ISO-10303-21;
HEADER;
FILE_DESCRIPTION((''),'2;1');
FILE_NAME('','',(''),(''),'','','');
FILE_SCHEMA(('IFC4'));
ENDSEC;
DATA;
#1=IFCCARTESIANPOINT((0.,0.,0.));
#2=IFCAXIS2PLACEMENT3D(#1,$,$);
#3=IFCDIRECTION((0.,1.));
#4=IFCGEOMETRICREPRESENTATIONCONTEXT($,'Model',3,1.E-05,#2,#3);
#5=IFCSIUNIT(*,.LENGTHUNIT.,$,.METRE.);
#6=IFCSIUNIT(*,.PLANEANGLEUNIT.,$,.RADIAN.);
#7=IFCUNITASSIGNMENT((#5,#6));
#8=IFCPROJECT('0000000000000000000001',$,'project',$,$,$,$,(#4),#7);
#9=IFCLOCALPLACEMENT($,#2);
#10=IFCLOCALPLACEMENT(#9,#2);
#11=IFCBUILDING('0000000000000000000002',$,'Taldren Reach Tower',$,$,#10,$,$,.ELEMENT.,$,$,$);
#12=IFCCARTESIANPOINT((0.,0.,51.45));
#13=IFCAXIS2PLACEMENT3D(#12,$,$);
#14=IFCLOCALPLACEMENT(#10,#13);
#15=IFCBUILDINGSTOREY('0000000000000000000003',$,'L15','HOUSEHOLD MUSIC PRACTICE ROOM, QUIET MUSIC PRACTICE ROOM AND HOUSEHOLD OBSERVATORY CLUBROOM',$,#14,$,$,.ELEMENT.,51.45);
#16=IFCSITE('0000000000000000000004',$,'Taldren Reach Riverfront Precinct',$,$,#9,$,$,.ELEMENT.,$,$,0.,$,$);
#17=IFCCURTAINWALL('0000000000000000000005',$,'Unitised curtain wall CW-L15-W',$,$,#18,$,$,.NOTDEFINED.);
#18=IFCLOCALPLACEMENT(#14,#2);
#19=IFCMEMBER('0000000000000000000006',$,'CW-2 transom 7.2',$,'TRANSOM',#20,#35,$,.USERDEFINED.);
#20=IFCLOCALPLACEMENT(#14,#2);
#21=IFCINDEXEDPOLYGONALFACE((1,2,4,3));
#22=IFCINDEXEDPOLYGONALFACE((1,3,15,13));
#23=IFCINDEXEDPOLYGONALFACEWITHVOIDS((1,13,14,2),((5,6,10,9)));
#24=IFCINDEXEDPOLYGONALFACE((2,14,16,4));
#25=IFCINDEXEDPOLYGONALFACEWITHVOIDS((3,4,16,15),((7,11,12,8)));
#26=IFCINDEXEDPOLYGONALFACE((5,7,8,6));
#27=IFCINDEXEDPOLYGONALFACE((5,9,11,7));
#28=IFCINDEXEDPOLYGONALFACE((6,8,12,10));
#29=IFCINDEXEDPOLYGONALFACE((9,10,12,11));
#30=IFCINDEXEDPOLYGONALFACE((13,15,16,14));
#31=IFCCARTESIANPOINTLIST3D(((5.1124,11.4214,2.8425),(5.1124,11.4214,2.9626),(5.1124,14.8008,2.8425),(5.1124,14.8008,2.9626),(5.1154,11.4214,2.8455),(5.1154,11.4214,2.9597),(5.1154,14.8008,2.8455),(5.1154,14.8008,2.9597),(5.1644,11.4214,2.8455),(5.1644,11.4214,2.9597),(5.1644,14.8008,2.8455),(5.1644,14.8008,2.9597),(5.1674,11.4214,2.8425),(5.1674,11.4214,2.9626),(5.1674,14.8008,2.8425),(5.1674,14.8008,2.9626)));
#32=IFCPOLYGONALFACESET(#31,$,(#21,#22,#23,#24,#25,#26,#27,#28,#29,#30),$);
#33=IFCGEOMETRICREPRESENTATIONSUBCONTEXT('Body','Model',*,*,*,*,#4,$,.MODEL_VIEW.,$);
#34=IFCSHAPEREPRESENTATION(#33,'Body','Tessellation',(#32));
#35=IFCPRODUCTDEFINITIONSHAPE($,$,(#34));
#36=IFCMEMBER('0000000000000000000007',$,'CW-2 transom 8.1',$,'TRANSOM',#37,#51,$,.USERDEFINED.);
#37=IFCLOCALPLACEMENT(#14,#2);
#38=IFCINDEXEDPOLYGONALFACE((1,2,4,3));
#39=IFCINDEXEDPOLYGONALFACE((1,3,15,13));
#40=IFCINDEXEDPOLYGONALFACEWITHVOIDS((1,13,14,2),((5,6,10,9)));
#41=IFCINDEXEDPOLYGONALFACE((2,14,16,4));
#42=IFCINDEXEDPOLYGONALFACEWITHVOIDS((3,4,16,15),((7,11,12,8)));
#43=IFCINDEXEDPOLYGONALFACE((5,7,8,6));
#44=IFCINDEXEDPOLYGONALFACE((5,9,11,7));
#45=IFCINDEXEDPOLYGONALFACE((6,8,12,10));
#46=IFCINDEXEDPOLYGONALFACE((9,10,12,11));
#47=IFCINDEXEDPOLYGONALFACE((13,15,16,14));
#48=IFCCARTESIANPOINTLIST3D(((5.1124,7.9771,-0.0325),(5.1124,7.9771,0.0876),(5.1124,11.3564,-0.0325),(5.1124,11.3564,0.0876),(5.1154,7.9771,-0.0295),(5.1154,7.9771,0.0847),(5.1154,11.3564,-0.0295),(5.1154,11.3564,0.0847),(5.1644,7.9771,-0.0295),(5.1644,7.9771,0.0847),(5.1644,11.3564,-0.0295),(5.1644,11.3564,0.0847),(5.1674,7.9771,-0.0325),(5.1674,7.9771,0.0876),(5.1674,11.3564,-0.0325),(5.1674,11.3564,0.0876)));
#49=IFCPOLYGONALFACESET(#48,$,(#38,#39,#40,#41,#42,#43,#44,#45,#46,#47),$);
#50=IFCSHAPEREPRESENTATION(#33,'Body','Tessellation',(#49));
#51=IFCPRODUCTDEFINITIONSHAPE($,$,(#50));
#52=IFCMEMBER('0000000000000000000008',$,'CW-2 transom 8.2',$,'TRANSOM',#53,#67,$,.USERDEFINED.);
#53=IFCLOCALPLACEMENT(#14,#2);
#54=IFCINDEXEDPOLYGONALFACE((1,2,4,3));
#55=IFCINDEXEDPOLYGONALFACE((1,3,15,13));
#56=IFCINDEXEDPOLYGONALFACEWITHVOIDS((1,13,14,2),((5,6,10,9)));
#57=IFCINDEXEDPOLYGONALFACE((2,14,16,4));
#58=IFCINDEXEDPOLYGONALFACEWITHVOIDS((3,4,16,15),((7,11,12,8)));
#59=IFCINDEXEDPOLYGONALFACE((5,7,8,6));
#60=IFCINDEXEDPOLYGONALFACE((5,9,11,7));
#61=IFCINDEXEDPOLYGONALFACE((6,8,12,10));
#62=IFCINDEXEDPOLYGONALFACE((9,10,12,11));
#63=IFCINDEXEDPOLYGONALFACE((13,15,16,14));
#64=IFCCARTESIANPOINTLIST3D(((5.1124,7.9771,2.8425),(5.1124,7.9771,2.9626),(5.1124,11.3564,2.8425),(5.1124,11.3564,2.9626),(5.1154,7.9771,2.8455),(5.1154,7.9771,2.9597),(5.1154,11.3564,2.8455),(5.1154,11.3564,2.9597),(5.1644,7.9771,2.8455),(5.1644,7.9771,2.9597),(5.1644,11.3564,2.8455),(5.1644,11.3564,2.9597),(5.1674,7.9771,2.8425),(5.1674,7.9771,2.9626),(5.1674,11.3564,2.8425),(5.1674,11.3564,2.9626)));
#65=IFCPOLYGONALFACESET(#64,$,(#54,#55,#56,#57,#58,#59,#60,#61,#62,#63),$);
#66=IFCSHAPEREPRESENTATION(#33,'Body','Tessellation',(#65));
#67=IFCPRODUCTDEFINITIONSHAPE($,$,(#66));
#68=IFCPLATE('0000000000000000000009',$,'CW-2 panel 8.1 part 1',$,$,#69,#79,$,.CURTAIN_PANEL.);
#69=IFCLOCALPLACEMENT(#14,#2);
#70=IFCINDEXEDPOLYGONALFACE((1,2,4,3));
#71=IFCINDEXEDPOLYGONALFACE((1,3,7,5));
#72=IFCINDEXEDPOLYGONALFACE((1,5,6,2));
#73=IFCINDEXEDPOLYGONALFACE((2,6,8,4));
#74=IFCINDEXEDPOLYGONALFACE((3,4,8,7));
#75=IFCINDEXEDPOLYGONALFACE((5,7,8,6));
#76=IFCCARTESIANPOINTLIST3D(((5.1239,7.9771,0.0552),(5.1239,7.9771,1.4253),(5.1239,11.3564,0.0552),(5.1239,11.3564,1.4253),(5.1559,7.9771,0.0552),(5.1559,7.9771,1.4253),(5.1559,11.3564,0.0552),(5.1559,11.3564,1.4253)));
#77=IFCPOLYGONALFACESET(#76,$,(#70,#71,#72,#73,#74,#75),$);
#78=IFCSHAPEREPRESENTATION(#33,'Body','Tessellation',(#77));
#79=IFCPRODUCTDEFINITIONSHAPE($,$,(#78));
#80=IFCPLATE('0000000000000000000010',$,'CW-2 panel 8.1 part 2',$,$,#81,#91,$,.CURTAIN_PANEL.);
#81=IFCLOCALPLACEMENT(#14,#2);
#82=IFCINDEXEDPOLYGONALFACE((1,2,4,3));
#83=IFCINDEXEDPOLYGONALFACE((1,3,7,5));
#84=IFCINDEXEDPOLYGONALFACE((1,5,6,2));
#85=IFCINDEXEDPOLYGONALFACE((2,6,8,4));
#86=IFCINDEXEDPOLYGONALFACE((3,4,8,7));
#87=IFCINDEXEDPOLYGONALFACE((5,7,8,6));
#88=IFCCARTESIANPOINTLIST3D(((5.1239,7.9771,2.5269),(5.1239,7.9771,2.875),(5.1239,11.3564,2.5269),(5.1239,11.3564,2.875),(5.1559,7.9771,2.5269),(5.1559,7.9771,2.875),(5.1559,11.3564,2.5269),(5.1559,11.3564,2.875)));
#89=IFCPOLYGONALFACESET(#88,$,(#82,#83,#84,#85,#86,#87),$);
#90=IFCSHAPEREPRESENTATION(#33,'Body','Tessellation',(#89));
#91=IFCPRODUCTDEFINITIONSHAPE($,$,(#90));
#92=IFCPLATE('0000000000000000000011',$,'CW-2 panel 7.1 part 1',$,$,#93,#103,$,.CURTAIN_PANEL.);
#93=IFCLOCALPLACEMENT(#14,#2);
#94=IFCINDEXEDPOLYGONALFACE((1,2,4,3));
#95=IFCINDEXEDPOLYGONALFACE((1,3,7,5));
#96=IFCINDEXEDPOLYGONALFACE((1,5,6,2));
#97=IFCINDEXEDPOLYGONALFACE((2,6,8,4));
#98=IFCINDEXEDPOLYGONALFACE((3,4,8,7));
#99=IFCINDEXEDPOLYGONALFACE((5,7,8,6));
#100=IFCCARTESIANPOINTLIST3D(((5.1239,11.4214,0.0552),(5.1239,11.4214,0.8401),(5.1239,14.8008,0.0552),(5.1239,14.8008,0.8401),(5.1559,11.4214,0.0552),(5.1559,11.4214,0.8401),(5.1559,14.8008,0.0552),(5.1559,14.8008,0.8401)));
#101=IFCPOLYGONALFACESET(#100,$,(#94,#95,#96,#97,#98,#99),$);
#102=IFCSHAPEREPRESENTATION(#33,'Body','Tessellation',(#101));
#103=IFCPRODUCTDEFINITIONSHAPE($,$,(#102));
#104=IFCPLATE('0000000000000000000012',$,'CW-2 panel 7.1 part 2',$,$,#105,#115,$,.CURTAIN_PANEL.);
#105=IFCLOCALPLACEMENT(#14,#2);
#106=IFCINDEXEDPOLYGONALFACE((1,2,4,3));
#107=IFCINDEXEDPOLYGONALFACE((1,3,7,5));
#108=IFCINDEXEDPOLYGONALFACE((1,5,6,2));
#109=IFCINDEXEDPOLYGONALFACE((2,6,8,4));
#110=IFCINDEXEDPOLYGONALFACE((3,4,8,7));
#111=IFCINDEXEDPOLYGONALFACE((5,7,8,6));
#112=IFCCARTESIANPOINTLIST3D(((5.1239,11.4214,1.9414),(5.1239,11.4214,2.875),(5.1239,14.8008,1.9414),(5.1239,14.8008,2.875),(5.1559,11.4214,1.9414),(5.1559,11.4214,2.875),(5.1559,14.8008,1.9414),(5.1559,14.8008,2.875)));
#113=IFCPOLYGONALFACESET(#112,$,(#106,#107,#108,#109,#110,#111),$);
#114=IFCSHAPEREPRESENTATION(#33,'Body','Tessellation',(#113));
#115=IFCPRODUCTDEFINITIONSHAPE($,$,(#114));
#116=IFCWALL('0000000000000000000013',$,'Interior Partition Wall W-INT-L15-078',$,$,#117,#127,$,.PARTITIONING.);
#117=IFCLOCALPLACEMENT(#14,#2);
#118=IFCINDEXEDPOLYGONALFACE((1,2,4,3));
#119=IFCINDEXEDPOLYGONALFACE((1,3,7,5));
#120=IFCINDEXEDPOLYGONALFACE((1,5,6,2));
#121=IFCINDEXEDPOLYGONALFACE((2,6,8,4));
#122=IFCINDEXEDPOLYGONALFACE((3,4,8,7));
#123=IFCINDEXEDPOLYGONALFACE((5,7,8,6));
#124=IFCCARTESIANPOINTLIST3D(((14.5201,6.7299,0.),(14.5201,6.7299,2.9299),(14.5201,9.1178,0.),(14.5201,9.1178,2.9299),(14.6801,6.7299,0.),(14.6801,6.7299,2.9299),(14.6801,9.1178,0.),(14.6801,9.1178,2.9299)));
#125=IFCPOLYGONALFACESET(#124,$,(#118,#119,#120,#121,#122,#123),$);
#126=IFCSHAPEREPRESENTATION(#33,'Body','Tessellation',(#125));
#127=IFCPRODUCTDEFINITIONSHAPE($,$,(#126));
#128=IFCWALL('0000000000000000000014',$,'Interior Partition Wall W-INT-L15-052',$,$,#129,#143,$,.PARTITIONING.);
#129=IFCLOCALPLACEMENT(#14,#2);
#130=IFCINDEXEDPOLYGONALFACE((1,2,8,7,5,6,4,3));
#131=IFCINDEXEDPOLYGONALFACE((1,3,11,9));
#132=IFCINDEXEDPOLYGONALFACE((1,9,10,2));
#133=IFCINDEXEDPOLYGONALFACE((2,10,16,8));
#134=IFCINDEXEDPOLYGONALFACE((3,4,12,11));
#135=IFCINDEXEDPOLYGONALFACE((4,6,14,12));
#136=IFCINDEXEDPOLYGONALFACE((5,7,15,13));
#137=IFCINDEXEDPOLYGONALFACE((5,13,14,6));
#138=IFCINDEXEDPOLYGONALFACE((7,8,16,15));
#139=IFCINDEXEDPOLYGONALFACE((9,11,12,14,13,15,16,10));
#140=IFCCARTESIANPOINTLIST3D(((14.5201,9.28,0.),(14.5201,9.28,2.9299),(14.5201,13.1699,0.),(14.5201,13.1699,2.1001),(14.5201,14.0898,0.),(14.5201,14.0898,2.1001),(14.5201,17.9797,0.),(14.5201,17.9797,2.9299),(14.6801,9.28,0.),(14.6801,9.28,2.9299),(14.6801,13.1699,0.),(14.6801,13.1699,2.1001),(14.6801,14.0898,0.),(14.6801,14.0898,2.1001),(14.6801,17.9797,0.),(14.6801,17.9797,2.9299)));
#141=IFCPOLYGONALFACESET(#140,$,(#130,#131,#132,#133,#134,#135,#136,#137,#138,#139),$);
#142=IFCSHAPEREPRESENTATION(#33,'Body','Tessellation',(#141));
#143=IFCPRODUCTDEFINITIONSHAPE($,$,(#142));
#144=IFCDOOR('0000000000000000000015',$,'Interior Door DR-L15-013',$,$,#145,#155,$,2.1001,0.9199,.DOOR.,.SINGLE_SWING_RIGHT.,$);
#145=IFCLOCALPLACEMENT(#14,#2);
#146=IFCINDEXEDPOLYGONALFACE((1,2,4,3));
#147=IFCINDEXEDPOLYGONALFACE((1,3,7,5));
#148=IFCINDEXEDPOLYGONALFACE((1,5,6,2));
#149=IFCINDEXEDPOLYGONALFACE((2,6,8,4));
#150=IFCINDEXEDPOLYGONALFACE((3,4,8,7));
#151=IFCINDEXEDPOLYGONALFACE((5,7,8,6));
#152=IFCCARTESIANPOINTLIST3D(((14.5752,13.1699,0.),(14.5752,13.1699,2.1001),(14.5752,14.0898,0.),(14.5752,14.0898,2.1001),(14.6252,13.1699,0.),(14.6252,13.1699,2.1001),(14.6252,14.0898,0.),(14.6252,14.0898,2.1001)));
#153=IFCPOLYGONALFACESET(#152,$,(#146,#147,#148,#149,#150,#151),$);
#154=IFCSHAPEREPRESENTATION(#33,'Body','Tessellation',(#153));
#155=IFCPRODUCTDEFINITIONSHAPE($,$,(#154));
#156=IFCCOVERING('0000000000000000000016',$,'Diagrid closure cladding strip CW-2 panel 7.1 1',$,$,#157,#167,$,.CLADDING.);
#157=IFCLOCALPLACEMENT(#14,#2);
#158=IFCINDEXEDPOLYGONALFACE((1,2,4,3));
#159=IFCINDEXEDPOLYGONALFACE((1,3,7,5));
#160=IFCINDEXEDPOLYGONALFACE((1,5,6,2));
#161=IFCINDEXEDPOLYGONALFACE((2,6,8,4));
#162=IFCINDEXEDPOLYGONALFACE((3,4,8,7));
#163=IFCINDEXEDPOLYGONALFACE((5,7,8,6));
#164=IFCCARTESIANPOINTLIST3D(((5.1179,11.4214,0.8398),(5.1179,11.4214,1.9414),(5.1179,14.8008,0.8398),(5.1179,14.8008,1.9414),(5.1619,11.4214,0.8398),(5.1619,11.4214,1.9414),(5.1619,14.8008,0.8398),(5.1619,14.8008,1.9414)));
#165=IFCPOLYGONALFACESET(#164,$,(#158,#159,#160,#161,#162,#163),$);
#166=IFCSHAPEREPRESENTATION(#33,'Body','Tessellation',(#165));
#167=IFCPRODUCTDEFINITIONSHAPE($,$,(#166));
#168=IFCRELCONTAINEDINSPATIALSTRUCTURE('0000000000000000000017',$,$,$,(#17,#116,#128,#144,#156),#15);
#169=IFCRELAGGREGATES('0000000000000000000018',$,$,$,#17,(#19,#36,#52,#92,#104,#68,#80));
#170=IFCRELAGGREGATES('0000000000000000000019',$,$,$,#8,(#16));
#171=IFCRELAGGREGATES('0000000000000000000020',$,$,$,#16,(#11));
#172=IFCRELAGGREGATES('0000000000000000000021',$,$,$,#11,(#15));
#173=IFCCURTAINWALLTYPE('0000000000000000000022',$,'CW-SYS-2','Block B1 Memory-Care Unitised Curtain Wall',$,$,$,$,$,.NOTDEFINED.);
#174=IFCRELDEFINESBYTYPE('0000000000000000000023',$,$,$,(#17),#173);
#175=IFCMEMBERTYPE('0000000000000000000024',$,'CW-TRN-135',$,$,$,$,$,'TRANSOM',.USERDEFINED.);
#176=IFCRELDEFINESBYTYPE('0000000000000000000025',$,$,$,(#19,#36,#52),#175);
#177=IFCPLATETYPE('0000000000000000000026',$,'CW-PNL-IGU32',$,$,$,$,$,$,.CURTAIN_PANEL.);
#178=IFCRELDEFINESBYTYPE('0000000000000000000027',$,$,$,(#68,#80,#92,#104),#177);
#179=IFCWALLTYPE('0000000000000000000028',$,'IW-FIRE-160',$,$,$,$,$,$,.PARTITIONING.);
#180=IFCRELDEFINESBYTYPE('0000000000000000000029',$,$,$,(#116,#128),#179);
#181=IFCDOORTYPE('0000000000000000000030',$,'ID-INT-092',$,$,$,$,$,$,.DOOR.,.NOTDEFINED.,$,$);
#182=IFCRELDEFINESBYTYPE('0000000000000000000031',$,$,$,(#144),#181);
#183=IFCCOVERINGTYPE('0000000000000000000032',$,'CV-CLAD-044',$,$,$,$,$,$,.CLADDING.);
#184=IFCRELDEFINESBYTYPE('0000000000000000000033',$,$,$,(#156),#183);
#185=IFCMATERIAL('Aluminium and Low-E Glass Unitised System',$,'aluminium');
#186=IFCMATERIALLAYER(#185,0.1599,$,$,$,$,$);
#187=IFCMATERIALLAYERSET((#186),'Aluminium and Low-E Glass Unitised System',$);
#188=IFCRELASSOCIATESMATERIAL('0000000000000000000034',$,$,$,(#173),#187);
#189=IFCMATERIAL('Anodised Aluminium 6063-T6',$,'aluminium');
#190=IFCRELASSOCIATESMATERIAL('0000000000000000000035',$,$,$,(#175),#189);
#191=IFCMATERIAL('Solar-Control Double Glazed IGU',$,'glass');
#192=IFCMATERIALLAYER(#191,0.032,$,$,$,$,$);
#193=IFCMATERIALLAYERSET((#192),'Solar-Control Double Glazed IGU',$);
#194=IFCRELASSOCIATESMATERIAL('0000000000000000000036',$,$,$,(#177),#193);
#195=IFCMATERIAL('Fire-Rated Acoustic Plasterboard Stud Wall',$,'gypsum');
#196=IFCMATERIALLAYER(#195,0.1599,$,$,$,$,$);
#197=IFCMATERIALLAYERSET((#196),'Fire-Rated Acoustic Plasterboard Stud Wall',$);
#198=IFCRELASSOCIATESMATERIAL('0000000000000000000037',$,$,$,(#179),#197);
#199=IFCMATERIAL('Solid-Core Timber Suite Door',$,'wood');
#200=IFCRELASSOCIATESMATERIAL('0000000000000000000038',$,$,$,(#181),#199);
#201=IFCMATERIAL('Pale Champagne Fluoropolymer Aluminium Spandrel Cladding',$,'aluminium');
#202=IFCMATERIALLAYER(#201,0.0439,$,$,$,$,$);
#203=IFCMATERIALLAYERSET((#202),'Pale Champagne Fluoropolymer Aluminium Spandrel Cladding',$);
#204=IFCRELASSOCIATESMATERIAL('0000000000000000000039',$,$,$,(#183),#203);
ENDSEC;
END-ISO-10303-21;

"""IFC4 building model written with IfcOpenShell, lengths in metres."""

from ifc_helpers import new_model, si_unit, direction, frame, frame_2d, origin, origin_2d, place, context, subcontext, project, spatial, rectangle, hollow_rectangle, extrude, source, transform, mapped, material, layer, layer_set, material_profile, profile_set, type_object, element, fill, aggregate, save


model = new_model("IFC4")

# Units and contexts
model_context = context("Model", 3, precision=1e-05, world=origin(), true_north=direction((0.0, 1.0)))
body_context = subcontext(model_context, "Body", "Model", "MODEL_VIEW")
ifc_project = project(units=[si_unit("LENGTHUNIT", "METRE"), si_unit("PLANEANGLEUNIT", "RADIAN")], contexts=[model_context])

# Site, building, storey
site_placement = place(None, origin())
site = spatial("IfcSite", under=ifc_project, at=site_placement, Name="Taldren Reach Riverfront Precinct", CompositionType="ELEMENT", RefElevation=0.0)
building_placement = place(site_placement, origin())
building = spatial("IfcBuilding", under=site, at=building_placement, Name="Taldren Reach Tower", CompositionType="ELEMENT")
storey_placement = place(building_placement, frame((0.0, 0.0, 51.45)))
storey = spatial("IfcBuildingStorey", under=building, at=storey_placement, Name="L15", Description="HOUSEHOLD MUSIC PRACTICE ROOM, QUIET MUSIC PRACTICE ROOM AND HOUSEHOLD OBSERVATORY CLUBROOM", CompositionType="ELEMENT", Elevation=51.45)

# Curtain wall, members, plates
ifc_material_1 = material(Name="Aluminium and Low-E Glass Unitised System", Category="aluminium")
ifc_layer_1 = layer(ifc_material_1, 0.1599)
ifc_layer_set_1 = layer_set([ifc_layer_1], Name="Aluminium and Low-E Glass Unitised System")
curtain_wall_type = type_object("IfcCurtainWallType", Name="CW-SYS-2", Description="Block B1 Memory-Care Unitised Curtain Wall", PredefinedType="NOTDEFINED", material=ifc_layer_set_1)
curtain_wall_placement = place(storey_placement, origin())
curtain_wall = element("IfcCurtainWall", 1, at=curtain_wall_placement, inside=storey, type_object=curtain_wall_type, Name="Unitised curtain wall CW-L15-W", PredefinedType="NOTDEFINED")
ifc_material_2 = material(Name="Anodised Aluminium 6063-T6", Category="aluminium")
ifc_material_profile_1 = material_profile(ifc_material_2, hollow_rectangle(XDim=0.0549, YDim=0.1201, WallThickness=0.0029, at=origin_2d()), Name="ALU-120x55x3RHS")
ifc_profile_set_1 = profile_set([ifc_material_profile_1], Name="Anodised Aluminium 6063-T6")
member_type_1 = type_object("IfcMemberType", Name="CW-TRN-135", ElementType="TRANSOM", PredefinedType="USERDEFINED", material=ifc_profile_set_1)
shared_shape_1 = source(origin(), body_context, "Body", "SweptSolid", [
    extrude(hollow_rectangle(XDim=0.0549, YDim=0.1201, WallThickness=0.0029, at=origin_2d()), origin(), (0.0, 0.0, 1.0), 3.3794),
])
member_1_placement = place(storey_placement, frame((5.1399, 14.8008, 2.9026), z_axis=(0.0, -1.0, 0.0), x_axis=(1.0, 0.0, 0.0)))
member_1 = element("IfcMember", 2, at=member_1_placement, type_object=member_type_1, Name="CW-2 transom 7.2", ObjectType="TRANSOM", PredefinedType="USERDEFINED", context=body_context, shape_type="MappedRepresentation", body=[
    mapped(shared_shape_1, transform((0.0, 0.0, 0.0), scale=1.0)),
])
member_2_placement = place(storey_placement, frame((5.1399, 11.3564, 0.0276), z_axis=(0.0, -1.0, 0.0), x_axis=(1.0, 0.0, 0.0)))
member_2 = element("IfcMember", 3, at=member_2_placement, type_object=member_type_1, Name="CW-2 transom 8.1", ObjectType="TRANSOM", PredefinedType="USERDEFINED", context=body_context, shape_type="MappedRepresentation", body=[
    mapped(shared_shape_1, transform((0.0, 0.0, 0.0), scale=1.0)),
])
member_3_placement = place(storey_placement, frame((5.1399, 11.3564, 2.9026), z_axis=(0.0, -1.0, 0.0), x_axis=(1.0, 0.0, 0.0)))
member_3 = element("IfcMember", 4, at=member_3_placement, type_object=member_type_1, Name="CW-2 transom 8.2", ObjectType="TRANSOM", PredefinedType="USERDEFINED", context=body_context, shape_type="MappedRepresentation", body=[
    mapped(shared_shape_1, transform((0.0, 0.0, 0.0), scale=1.0)),
])
ifc_material_3 = material(Name="Solar-Control Double Glazed IGU", Category="glass")
ifc_layer_2 = layer(ifc_material_3, 0.032)
ifc_layer_set_2 = layer_set([ifc_layer_2], Name="Solar-Control Double Glazed IGU")
plate_type = type_object("IfcPlateType", Name="CW-PNL-IGU32", PredefinedType="CURTAIN_PANEL", material=ifc_layer_set_2)
shared_shape_2 = source(origin(), body_context, "Body", "SweptSolid", [
    extrude(rectangle(XDim=3.3794, YDim=0.032, at=origin_2d()), origin(), (0.0, 0.0, 1.0), 1.3701),
])
plate_1_placement = place(storey_placement, frame((5.1399, 9.6667, 0.0552), z_axis=(0.0, 0.0, 1.0), x_axis=(0.0, -1.0, 0.0)))
plate_1 = element("IfcPlate", 5, at=plate_1_placement, type_object=plate_type, Name="CW-2 panel 8.1 part 1", PredefinedType="CURTAIN_PANEL", context=body_context, shape_type="MappedRepresentation", body=[
    mapped(shared_shape_2, transform((0.0, 0.0, 0.0), scale=1.0)),
])
shared_shape_3 = source(origin(), body_context, "Body", "SweptSolid", [
    extrude(rectangle(XDim=3.3794, YDim=0.032, at=origin_2d()), origin(), (0.0, 0.0, 1.0), 0.3481),
])
plate_2_placement = place(storey_placement, frame((5.1399, 9.6667, 2.5269), z_axis=(0.0, 0.0, 1.0), x_axis=(0.0, -1.0, 0.0)))
plate_2 = element("IfcPlate", 6, at=plate_2_placement, type_object=plate_type, Name="CW-2 panel 8.1 part 2", PredefinedType="CURTAIN_PANEL", context=body_context, shape_type="MappedRepresentation", body=[
    mapped(shared_shape_3, transform((0.0, 0.0, 0.0), scale=1.0)),
])
shared_shape_4 = source(origin(), body_context, "Body", "SweptSolid", [
    extrude(rectangle(XDim=3.3794, YDim=0.032, at=origin_2d()), origin(), (0.0, 0.0, 1.0), 0.7849),
])
plate_3_placement = place(storey_placement, frame((5.1399, 13.1111, 0.0552), z_axis=(0.0, 0.0, 1.0), x_axis=(0.0, -1.0, 0.0)))
plate_3 = element("IfcPlate", 7, at=plate_3_placement, type_object=plate_type, Name="CW-2 panel 7.1 part 1", PredefinedType="CURTAIN_PANEL", context=body_context, shape_type="MappedRepresentation", body=[
    mapped(shared_shape_4, transform((0.0, 0.0, 0.0), scale=1.0)),
])
shared_shape_5 = source(origin(), body_context, "Body", "SweptSolid", [
    extrude(rectangle(XDim=3.3794, YDim=0.032, at=origin_2d()), origin(), (0.0, 0.0, 1.0), 0.9336),
])
plate_4_placement = place(storey_placement, frame((5.1399, 13.1111, 1.9414), z_axis=(0.0, 0.0, 1.0), x_axis=(0.0, -1.0, 0.0)))
plate_4 = element("IfcPlate", 8, at=plate_4_placement, type_object=plate_type, Name="CW-2 panel 7.1 part 2", PredefinedType="CURTAIN_PANEL", context=body_context, shape_type="MappedRepresentation", body=[
    mapped(shared_shape_5, transform((0.0, 0.0, 0.0), scale=1.0)),
])
aggregate(curtain_wall, [member_1, member_2, member_3, plate_3, plate_4, plate_1, plate_2])

# Wall
ifc_material_4 = material(Name="Fire-Rated Acoustic Plasterboard Stud Wall", Category="gypsum")
ifc_layer_3 = layer(ifc_material_4, 0.1599)
ifc_layer_set_3 = layer_set([ifc_layer_3], Name="Fire-Rated Acoustic Plasterboard Stud Wall")
wall_type = type_object("IfcWallType", Name="IW-FIRE-160", PredefinedType="PARTITIONING", material=ifc_layer_set_3)
shared_shape_6 = source(origin(), body_context, "Body", "SweptSolid", [
    extrude(rectangle(XDim=2.3879, YDim=0.1599, at=frame_2d((1.1938, 0.0))), origin(), (0.0, 0.0, 1.0), 2.9299),
])
wall_1_placement = place(storey_placement, frame((14.6001, 6.73, 0.0), z_axis=(0.0, 0.0, 1.0), x_axis=(0.0, 1.0, 0.0)))
element("IfcWall", 9, at=wall_1_placement, inside=storey, type_object=wall_type, Name="Interior Partition Wall W-INT-L15-078", PredefinedType="PARTITIONING", context=body_context, shape_type="MappedRepresentation", body=[
    mapped(shared_shape_6, transform((0.0, 0.0, 0.0), scale=1.0)),
])

# Wall, opening, door
shared_shape_7 = source(origin(), body_context, "Body", "SweptSolid", [
    extrude(rectangle(XDim=8.6997, YDim=0.1599, at=frame_2d((4.3499, 0.0))), origin(), (0.0, 0.0, 1.0), 2.9299),
])
wall_2_placement = place(storey_placement, frame((14.6001, 9.28, 0.0), z_axis=(0.0, 0.0, 1.0), x_axis=(0.0, 1.0, 0.0)))
wall_2 = element("IfcWall", 10, at=wall_2_placement, inside=storey, type_object=wall_type, Name="Interior Partition Wall W-INT-L15-052", PredefinedType="PARTITIONING", context=body_context, shape_type="MappedRepresentation", body=[
    mapped(shared_shape_7, transform((0.0, 0.0, 0.0), scale=1.0)),
])
shared_shape_8 = source(origin(), body_context, "Body", "SweptSolid", [
    extrude(rectangle(XDim=0.9199, YDim=2.1001, at=frame_2d((0.46, 1.05))), frame((0.0, 0.0898, 0.0), z_axis=(0.0, -1.0, 0.0), x_axis=(1.0, 0.0, 0.0)), (0.0, 0.0, 1.0), 0.1799),
])
opening_placement = place(wall_2_placement, frame((3.8899, 0.0, 0.0)))
opening = element("IfcOpeningElement", 11, at=opening_placement, cuts=wall_2, PredefinedType="OPENING", context=body_context, shape_type="MappedRepresentation", body=[
    mapped(shared_shape_8, transform((0.0, 0.0, 0.0), scale=1.0)),
])
ifc_material_5 = material(Name="Solid-Core Timber Suite Door", Category="wood")
door_type = type_object("IfcDoorType", Name="ID-INT-092", OperationType="NOTDEFINED", PredefinedType="DOOR", material=ifc_material_5)
shared_shape_9 = source(origin(), body_context, "Body", "SweptSolid", [
    extrude(rectangle(XDim=0.9199, YDim=2.1001, at=frame_2d((0.46, 1.05))), frame((0.0, 0.0249, 0.0), z_axis=(0.0, -1.0, 0.0), x_axis=(1.0, 0.0, 0.0)), (0.0, 0.0, 1.0), 0.05),
])
door_placement = place(opening_placement, origin())
door = element("IfcDoor", 12, at=door_placement, inside=storey, type_object=door_type, Name="Interior Door DR-L15-013", OperationType="SINGLE_SWING_RIGHT", OverallHeight=2.1001, OverallWidth=0.9199, PredefinedType="DOOR", context=body_context, shape_type="MappedRepresentation", body=[
    mapped(shared_shape_9, transform((0.0, 0.0, 0.0), scale=1.0)),
])
fill(opening, door)

# Covering
ifc_material_6 = material(Name="Pale Champagne Fluoropolymer Aluminium Spandrel Cladding", Category="aluminium")
ifc_layer_4 = layer(ifc_material_6, 0.0439)
ifc_layer_set_4 = layer_set([ifc_layer_4], Name="Pale Champagne Fluoropolymer Aluminium Spandrel Cladding")
covering_type = type_object("IfcCoveringType", Name="CV-CLAD-044", PredefinedType="CLADDING", material=ifc_layer_set_4)
shared_shape_10 = source(origin(), body_context, "Body", "SweptSolid", [
    extrude(rectangle(XDim=3.3794, YDim=0.0439, at=origin_2d()), origin(), (0.0, 0.0, 1.0), 1.1016),
])
for number, where, z_axis, x_axis, name in (
    (13, (5.1399, 13.1111, 0.8398), (0.0, 0.0, 1.0), (0.0, -1.0, 0.0), "Diagrid closure cladding strip CW-2 panel 7.1 1"),
):
    element("IfcCovering", number, at=place(storey_placement, frame(where, z_axis=z_axis, x_axis=x_axis)), inside=storey, type_object=covering_type, Name=name, PredefinedType="CLADDING", context=body_context, shape_type="MappedRepresentation", body=[
        mapped(shared_shape_10, transform((0.0, 0.0, 0.0), scale=1.0)),
    ])

save(model, "model.ifc")
